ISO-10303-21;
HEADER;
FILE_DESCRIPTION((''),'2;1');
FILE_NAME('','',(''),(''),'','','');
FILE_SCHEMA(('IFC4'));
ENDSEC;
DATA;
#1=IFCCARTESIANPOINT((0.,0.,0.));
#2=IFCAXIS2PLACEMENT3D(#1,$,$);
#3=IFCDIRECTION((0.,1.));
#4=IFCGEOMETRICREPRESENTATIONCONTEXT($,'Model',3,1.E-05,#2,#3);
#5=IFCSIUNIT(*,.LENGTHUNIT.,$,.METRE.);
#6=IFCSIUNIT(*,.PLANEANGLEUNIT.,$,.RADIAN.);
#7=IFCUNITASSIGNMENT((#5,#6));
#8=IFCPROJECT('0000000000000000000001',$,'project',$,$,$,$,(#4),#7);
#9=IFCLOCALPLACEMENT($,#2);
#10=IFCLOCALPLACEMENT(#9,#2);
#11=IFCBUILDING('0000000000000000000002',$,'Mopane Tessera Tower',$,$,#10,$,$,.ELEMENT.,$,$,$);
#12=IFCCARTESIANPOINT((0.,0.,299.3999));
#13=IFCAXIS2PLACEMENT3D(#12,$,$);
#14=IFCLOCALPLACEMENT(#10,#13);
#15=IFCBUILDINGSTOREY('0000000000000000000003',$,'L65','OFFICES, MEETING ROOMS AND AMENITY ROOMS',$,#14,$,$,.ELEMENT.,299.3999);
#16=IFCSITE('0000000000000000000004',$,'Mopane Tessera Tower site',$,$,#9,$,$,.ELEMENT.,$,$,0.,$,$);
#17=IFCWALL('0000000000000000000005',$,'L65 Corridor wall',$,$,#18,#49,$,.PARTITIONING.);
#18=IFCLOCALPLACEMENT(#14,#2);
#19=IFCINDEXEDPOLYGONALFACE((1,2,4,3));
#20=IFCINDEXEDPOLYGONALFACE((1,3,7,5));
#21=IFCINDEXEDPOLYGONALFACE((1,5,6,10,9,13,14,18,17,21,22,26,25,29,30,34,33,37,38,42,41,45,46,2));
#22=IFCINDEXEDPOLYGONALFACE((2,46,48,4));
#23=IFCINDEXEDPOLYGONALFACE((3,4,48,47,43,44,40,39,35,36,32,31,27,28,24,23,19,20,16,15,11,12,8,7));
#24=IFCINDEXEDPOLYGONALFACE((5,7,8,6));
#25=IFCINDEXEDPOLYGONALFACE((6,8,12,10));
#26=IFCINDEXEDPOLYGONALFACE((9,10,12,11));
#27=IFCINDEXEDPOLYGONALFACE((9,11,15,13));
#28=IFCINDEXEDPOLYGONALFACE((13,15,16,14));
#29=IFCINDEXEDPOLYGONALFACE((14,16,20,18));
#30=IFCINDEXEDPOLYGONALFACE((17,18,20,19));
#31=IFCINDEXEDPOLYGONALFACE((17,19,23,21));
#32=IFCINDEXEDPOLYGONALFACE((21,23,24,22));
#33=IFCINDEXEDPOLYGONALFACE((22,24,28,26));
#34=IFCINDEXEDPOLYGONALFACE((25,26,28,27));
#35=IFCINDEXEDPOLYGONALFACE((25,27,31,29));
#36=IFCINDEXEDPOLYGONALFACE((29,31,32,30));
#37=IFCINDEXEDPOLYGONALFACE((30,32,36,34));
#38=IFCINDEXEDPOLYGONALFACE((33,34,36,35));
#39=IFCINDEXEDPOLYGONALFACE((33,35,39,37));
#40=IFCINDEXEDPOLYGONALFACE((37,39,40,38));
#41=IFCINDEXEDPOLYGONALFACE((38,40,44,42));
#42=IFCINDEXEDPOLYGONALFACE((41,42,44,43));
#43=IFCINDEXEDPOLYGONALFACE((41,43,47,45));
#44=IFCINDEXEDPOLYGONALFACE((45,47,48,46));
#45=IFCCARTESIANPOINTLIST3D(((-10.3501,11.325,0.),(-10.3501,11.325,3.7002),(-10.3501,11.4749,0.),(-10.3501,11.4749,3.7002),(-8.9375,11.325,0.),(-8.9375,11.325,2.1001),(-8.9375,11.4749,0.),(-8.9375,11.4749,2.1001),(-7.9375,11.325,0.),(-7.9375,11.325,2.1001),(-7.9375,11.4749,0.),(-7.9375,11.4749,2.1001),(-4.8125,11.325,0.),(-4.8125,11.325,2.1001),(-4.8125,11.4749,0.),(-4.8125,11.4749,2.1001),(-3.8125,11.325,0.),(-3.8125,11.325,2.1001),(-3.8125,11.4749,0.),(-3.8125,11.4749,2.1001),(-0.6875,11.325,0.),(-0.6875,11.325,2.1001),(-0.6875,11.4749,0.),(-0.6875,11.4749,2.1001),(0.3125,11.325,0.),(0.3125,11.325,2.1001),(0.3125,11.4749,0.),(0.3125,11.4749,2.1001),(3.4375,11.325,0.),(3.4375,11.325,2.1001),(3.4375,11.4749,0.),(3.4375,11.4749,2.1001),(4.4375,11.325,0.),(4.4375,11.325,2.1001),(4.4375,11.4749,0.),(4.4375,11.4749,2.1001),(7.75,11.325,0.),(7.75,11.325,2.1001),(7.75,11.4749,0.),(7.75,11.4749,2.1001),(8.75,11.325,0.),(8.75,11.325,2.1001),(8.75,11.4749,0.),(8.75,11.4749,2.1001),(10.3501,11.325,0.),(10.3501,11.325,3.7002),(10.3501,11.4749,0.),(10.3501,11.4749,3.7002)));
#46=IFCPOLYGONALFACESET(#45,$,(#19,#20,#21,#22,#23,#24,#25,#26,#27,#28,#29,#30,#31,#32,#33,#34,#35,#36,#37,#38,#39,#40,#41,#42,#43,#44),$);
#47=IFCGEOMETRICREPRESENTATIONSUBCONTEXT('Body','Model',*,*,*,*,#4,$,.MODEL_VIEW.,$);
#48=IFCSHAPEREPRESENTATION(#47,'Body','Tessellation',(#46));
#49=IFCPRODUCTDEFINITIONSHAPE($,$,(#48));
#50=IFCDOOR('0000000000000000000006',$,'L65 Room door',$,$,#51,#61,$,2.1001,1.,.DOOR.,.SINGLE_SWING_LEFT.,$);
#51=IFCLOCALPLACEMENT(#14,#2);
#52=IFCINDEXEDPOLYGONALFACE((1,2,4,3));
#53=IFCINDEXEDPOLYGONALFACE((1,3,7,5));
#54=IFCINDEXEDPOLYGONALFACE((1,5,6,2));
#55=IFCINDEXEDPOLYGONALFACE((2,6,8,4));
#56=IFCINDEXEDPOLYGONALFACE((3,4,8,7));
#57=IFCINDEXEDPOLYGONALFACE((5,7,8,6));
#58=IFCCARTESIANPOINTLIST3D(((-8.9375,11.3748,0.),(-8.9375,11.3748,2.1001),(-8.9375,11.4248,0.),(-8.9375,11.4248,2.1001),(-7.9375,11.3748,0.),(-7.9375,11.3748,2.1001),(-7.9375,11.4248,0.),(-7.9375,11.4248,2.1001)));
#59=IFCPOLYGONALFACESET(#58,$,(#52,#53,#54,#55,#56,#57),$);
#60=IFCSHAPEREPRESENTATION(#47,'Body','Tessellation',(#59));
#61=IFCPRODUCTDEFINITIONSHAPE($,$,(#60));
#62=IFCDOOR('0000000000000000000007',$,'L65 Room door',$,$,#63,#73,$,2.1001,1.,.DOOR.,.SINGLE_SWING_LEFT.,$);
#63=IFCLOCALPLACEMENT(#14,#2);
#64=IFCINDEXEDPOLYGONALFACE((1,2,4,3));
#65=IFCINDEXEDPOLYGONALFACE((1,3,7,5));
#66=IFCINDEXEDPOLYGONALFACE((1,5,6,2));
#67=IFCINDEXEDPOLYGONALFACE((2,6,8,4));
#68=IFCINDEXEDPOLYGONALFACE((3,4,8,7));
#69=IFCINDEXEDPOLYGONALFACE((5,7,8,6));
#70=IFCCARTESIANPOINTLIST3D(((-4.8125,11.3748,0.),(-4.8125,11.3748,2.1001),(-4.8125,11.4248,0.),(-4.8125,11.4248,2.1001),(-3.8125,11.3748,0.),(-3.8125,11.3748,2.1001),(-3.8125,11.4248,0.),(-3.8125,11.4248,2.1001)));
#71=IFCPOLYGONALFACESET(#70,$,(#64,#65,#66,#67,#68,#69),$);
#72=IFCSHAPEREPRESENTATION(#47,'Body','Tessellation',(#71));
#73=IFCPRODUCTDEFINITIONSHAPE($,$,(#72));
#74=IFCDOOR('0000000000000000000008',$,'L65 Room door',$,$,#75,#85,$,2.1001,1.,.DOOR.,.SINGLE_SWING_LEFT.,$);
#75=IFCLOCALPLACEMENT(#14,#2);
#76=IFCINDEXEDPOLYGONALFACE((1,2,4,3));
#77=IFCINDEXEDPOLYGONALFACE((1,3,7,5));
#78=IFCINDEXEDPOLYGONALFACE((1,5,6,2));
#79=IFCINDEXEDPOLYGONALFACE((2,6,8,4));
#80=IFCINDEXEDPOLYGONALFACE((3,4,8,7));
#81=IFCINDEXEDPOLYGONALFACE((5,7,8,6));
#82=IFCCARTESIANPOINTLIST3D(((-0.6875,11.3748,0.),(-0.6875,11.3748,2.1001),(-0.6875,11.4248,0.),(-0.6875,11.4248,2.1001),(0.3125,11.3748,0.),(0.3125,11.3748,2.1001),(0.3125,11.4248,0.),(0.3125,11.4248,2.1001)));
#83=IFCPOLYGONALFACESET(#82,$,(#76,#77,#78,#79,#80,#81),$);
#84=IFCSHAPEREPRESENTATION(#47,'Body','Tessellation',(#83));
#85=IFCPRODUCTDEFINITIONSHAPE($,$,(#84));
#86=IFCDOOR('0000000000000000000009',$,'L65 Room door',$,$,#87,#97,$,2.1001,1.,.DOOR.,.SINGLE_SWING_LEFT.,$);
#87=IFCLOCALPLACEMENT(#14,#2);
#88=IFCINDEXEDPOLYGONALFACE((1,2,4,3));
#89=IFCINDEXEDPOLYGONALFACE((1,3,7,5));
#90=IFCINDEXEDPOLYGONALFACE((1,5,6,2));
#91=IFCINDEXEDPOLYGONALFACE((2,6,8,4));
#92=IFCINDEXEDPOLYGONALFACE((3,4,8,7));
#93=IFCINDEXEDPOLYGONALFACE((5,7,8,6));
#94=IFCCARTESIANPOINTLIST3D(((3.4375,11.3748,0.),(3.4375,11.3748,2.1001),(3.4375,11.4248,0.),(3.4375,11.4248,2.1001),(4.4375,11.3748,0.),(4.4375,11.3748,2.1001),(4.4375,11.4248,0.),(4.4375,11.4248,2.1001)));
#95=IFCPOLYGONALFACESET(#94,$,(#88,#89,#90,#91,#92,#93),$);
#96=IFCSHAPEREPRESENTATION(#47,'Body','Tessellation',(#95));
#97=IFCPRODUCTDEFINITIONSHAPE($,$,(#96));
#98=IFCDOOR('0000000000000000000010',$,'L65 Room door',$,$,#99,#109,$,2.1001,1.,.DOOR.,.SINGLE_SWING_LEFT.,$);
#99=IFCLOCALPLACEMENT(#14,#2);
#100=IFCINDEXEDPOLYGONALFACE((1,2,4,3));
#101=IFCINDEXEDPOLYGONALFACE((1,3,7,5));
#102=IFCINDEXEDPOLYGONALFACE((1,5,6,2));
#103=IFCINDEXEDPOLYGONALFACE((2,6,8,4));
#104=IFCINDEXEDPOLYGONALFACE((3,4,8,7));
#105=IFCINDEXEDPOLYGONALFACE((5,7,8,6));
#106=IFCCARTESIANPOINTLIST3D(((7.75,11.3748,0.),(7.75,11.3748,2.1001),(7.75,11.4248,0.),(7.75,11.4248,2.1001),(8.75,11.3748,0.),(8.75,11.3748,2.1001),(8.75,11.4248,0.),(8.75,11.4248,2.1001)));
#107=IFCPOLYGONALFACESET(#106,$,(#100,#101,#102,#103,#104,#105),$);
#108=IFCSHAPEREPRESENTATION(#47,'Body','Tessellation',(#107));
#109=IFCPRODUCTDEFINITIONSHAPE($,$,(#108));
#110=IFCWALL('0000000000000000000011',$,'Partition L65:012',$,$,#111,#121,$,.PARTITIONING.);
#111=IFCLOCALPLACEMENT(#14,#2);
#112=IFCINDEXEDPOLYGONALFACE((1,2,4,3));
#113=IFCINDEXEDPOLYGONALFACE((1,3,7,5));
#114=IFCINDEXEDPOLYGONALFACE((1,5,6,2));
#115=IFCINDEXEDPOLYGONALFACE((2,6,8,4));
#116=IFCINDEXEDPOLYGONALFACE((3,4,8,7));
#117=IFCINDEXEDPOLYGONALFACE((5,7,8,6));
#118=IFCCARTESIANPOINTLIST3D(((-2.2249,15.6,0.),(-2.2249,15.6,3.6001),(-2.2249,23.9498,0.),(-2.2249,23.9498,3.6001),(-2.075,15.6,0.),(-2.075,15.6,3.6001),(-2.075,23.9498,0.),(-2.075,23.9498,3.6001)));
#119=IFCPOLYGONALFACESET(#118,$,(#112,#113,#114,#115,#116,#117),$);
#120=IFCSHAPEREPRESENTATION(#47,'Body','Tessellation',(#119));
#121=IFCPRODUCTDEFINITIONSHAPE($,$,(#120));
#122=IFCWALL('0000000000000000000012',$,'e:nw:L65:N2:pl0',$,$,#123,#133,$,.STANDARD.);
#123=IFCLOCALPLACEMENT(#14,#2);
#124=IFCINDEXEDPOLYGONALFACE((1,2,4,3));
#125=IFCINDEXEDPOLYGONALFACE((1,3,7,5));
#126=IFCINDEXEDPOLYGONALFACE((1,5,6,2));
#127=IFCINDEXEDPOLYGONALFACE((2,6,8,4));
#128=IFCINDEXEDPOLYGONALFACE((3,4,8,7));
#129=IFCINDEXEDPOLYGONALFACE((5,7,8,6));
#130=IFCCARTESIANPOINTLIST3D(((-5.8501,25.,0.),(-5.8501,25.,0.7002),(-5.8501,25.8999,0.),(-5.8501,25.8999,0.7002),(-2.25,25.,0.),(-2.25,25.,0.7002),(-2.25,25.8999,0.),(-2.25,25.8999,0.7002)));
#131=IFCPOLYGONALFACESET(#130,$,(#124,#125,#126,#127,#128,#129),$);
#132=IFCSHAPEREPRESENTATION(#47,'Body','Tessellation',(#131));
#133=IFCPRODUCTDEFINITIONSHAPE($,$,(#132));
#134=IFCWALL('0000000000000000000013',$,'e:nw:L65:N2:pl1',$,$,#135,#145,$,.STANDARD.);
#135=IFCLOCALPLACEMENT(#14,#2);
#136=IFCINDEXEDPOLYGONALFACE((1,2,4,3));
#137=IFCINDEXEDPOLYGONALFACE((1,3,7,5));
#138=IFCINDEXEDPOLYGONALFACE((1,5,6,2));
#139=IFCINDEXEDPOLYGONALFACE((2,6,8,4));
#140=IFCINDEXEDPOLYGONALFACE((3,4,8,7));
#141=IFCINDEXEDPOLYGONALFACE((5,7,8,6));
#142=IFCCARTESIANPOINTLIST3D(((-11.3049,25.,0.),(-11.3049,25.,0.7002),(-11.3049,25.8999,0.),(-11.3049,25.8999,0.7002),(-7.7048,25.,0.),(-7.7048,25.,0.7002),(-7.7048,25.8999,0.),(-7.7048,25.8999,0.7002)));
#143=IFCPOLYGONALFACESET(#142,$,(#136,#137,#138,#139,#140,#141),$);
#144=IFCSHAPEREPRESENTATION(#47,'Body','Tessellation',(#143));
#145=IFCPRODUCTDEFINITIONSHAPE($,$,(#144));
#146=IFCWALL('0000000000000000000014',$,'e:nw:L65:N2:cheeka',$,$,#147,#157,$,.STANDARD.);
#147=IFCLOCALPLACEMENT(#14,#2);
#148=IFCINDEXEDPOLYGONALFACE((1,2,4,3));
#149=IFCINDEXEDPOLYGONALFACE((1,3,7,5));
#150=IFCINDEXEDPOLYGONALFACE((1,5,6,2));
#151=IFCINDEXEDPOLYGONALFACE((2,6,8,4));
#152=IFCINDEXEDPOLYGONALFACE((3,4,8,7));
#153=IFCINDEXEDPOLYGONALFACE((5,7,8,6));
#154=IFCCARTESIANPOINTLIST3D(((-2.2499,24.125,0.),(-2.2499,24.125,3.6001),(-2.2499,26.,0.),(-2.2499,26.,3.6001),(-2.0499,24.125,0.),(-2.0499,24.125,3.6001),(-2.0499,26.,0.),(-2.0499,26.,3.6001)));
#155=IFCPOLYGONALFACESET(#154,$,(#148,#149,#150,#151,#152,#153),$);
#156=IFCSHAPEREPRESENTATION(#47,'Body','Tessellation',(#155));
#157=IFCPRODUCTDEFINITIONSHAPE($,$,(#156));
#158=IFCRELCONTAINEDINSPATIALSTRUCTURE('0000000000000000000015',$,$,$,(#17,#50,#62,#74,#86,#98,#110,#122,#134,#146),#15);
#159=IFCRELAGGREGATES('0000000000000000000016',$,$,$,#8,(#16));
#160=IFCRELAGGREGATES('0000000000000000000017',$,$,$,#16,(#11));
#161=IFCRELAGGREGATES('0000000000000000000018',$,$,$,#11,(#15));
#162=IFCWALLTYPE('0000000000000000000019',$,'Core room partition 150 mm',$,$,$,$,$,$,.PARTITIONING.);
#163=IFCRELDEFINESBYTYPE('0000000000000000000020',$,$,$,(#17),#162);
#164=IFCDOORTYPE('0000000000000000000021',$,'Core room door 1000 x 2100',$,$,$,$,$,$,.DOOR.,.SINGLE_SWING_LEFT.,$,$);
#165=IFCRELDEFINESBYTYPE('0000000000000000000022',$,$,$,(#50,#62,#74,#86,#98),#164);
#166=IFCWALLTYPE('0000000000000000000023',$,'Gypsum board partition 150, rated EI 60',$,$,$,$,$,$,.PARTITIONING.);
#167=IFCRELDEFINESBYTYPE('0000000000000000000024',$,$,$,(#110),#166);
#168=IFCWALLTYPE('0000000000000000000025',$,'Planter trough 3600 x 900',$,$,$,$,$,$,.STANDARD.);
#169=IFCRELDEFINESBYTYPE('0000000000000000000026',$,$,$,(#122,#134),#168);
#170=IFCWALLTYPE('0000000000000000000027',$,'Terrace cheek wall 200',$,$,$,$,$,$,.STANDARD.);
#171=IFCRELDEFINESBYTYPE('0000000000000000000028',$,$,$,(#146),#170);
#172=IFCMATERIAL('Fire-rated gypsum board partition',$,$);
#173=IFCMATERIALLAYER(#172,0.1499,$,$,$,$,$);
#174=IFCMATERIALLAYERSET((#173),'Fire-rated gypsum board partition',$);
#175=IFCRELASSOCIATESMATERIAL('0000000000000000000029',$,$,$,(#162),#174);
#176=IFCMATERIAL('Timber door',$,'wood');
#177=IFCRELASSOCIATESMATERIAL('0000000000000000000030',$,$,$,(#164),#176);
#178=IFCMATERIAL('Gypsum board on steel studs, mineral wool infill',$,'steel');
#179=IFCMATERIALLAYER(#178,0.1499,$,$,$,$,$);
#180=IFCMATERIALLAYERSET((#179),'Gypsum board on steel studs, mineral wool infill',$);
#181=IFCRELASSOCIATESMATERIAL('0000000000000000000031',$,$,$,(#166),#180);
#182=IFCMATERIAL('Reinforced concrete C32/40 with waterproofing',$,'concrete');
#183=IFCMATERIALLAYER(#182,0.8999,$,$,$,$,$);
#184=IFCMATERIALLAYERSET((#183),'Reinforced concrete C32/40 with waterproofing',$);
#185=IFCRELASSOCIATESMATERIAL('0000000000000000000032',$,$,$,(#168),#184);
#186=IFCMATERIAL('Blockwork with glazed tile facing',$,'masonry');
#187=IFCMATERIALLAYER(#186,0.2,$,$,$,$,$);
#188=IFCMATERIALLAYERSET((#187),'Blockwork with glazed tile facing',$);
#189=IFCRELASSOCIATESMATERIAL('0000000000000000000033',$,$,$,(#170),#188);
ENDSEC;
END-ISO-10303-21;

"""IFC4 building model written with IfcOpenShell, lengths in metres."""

from ifc_helpers import new_model, si_unit, direction, frame, frame_2d, origin, place, context, subcontext, project, spatial, rectangle, extrude, material, layer, layer_set, type_object, element, fill, save


model = new_model("IFC4")

# Units and contexts
model_context = context("Model", 3, precision=1e-05, world=origin(), true_north=direction((0.0, 1.0)))
body_context = subcontext(model_context, "Body", "Model", "MODEL_VIEW")
ifc_project = project(units=[si_unit("LENGTHUNIT", "METRE"), si_unit("PLANEANGLEUNIT", "RADIAN")], contexts=[model_context])

# Site, building, storey
site_placement = place(None, origin())
site = spatial("IfcSite", under=ifc_project, at=site_placement, Name="Mopane Tessera Tower site", CompositionType="ELEMENT", RefElevation=0.0)
building_placement = place(site_placement, origin())
building = spatial("IfcBuilding", under=site, at=building_placement, Name="Mopane Tessera Tower", CompositionType="ELEMENT")
storey_placement = place(building_placement, frame((0.0, 0.0, 299.3999)))
storey = spatial("IfcBuildingStorey", under=building, at=storey_placement, Name="L65", Description="OFFICES, MEETING ROOMS AND AMENITY ROOMS", CompositionType="ELEMENT", Elevation=299.3999)

# Shared definitions
ifc_material_1 = material(Name="Fire-rated gypsum board partition")
ifc_layer_1 = layer(ifc_material_1, 0.1499)
ifc_layer_set_1 = layer_set([ifc_layer_1], Name="Fire-rated gypsum board partition")
wall_type_1 = type_object("IfcWallType", Name="Core room partition 150 mm", PredefinedType="PARTITIONING", material=ifc_layer_set_1)

# Wall, openings, doors
wall_1_placement = place(storey_placement, frame((-10.3501, 11.3999, 0.0), z_axis=(0.0, 0.0, 1.0), x_axis=(1.0, 0.0, 0.0)))
wall_1 = element("IfcWall", 1, at=wall_1_placement, inside=storey, type_object=wall_type_1, Name="L65 Corridor wall", PredefinedType="PARTITIONING", context=body_context, shape_type="SweptSolid", body=[
    extrude(rectangle(XDim=20.7002, YDim=0.1499, at=frame_2d((10.3501, 0.0))), origin(), (0.0, 0.0, 1.0), 3.7002),
])
opening_1_placement = place(wall_1_placement, frame((1.4126, 0.0, 0.0)))
opening_1 = element("IfcOpeningElement", 2, at=opening_1_placement, cuts=wall_1, PredefinedType="OPENING", context=body_context, shape_type="SweptSolid", body=[
    extrude(rectangle(XDim=1.0, YDim=2.1001, at=frame_2d((0.5, 1.05))), frame((0.0, 0.0869, 0.0), z_axis=(0.0, -1.0, 0.0), x_axis=(1.0, 0.0, 0.0)), (0.0, 0.0, 1.0), 0.1738),
])
opening_2_placement = place(wall_1_placement, frame((5.5376, 0.0, 0.0)))
opening_2 = element("IfcOpeningElement", 3, at=opening_2_placement, cuts=wall_1, PredefinedType="OPENING", context=body_context, shape_type="SweptSolid", body=[
    extrude(rectangle(XDim=1.0, YDim=2.1001, at=frame_2d((0.5, 1.05))), frame((0.0, 0.0869, 0.0), z_axis=(0.0, -1.0, 0.0), x_axis=(1.0, 0.0, 0.0)), (0.0, 0.0, 1.0), 0.1738),
])
opening_3_placement = place(wall_1_placement, frame((9.6626, 0.0, 0.0)))
opening_3 = element("IfcOpeningElement", 4, at=opening_3_placement, cuts=wall_1, PredefinedType="OPENING", context=body_context, shape_type="SweptSolid", body=[
    extrude(rectangle(XDim=1.0, YDim=2.1001, at=frame_2d((0.5, 1.05))), frame((0.0, 0.0869, 0.0), z_axis=(0.0, -1.0, 0.0), x_axis=(1.0, 0.0, 0.0)), (0.0, 0.0, 1.0), 0.1738),
])
opening_4_placement = place(wall_1_placement, frame((13.7876, 0.0, 0.0)))
opening_4 = element("IfcOpeningElement", 5, at=opening_4_placement, cuts=wall_1, PredefinedType="OPENING", context=body_context, shape_type="SweptSolid", body=[
    extrude(rectangle(XDim=1.0, YDim=2.1001, at=frame_2d((0.5, 1.05))), frame((0.0, 0.0869, 0.0), z_axis=(0.0, -1.0, 0.0), x_axis=(1.0, 0.0, 0.0)), (0.0, 0.0, 1.0), 0.1738),
])
opening_5_placement = place(wall_1_placement, frame((18.1001, 0.0, 0.0)))
opening_5 = element("IfcOpeningElement", 6, at=opening_5_placement, cuts=wall_1, PredefinedType="OPENING", context=body_context, shape_type="SweptSolid", body=[
    extrude(rectangle(XDim=1.0, YDim=2.1001, at=frame_2d((0.5, 1.05))), frame((0.0, 0.0869, 0.0), z_axis=(0.0, -1.0, 0.0), x_axis=(1.0, 0.0, 0.0)), (0.0, 0.0, 1.0), 0.1738),
])
ifc_material_2 = material(Name="Timber door", Category="wood")
door_type_1 = type_object("IfcDoorType", Name="Core room door 1000 x 2100", OperationType="SINGLE_SWING_LEFT", PredefinedType="DOOR", material=ifc_material_2)
door_1_placement = place(opening_1_placement, origin())
door_1 = element("IfcDoor", 7, at=door_1_placement, inside=storey, type_object=door_type_1, Name="L65 Room door", OperationType="SINGLE_SWING_LEFT", OverallHeight=2.1001, OverallWidth=1.0, PredefinedType="DOOR", context=body_context, shape_type="SweptSolid", body=[
    extrude(rectangle(XDim=1.0, YDim=2.1001, at=frame_2d((0.5, 1.05))), frame((0.0, 0.0249, 0.0), z_axis=(0.0, -1.0, 0.0), x_axis=(1.0, 0.0, 0.0)), (0.0, 0.0, 1.0), 0.05),
])
fill(opening_1, door_1)
door_2_placement = place(opening_2_placement, origin())
door_2 = element("IfcDoor", 8, at=door_2_placement, inside=storey, type_object=door_type_1, Name="L65 Room door", OperationType="SINGLE_SWING_LEFT", OverallHeight=2.1001, OverallWidth=1.0, PredefinedType="DOOR", context=body_context, shape_type="SweptSolid", body=[
    extrude(rectangle(XDim=1.0, YDim=2.1001, at=frame_2d((0.5, 1.05))), frame((0.0, 0.0249, 0.0), z_axis=(0.0, -1.0, 0.0), x_axis=(1.0, 0.0, 0.0)), (0.0, 0.0, 1.0), 0.05),
])
fill(opening_2, door_2)
door_3_placement = place(opening_3_placement, origin())
door_3 = element("IfcDoor", 9, at=door_3_placement, inside=storey, type_object=door_type_1, Name="L65 Room door", OperationType="SINGLE_SWING_LEFT", OverallHeight=2.1001, OverallWidth=1.0, PredefinedType="DOOR", context=body_context, shape_type="SweptSolid", body=[
    extrude(rectangle(XDim=1.0, YDim=2.1001, at=frame_2d((0.5, 1.05))), frame((0.0, 0.0249, 0.0), z_axis=(0.0, -1.0, 0.0), x_axis=(1.0, 0.0, 0.0)), (0.0, 0.0, 1.0), 0.05),
])
fill(opening_3, door_3)
door_4_placement = place(opening_4_placement, origin())
door_4 = element("IfcDoor", 10, at=door_4_placement, inside=storey, type_object=door_type_1, Name="L65 Room door", OperationType="SINGLE_SWING_LEFT", OverallHeight=2.1001, OverallWidth=1.0, PredefinedType="DOOR", context=body_context, shape_type="SweptSolid", body=[
    extrude(rectangle(XDim=1.0, YDim=2.1001, at=frame_2d((0.5, 1.05))), frame((0.0, 0.0249, 0.0), z_axis=(0.0, -1.0, 0.0), x_axis=(1.0, 0.0, 0.0)), (0.0, 0.0, 1.0), 0.05),
])
fill(opening_4, door_4)
door_5_placement = place(opening_5_placement, origin())
door_5 = element("IfcDoor", 11, at=door_5_placement, inside=storey, type_object=door_type_1, Name="L65 Room door", OperationType="SINGLE_SWING_LEFT", OverallHeight=2.1001, OverallWidth=1.0, PredefinedType="DOOR", context=body_context, shape_type="SweptSolid", body=[
    extrude(rectangle(XDim=1.0, YDim=2.1001, at=frame_2d((0.5, 1.05))), frame((0.0, 0.0249, 0.0), z_axis=(0.0, -1.0, 0.0), x_axis=(1.0, 0.0, 0.0)), (0.0, 0.0, 1.0), 0.05),
])
fill(opening_5, door_5)

# Walls
ifc_material_3 = material(Name="Gypsum board on steel studs, mineral wool infill", Category="steel")
ifc_layer_2 = layer(ifc_material_3, 0.1499)
ifc_layer_set_2 = layer_set([ifc_layer_2], Name="Gypsum board on steel studs, mineral wool infill")
wall_type_2 = type_object("IfcWallType", Name="Gypsum board partition 150, rated EI 60", PredefinedType="PARTITIONING", material=ifc_layer_set_2)
wall_2_placement = place(storey_placement, frame((-2.1499, 15.6001, 0.0), z_axis=(0.0, 0.0, 1.0), x_axis=(0.0, 1.0, 0.0)))
element("IfcWall", 12, at=wall_2_placement, inside=storey, type_object=wall_type_2, Name="Partition L65:012", PredefinedType="PARTITIONING", context=body_context, shape_type="SweptSolid", body=[
    extrude(rectangle(XDim=8.3499, YDim=0.1499, at=frame_2d((4.1748, 0.0))), origin(), (0.0, 0.0, 1.0), 3.6001),
])
ifc_material_4 = material(Name="Reinforced concrete C32/40 with waterproofing", Category="concrete")
ifc_layer_3 = layer(ifc_material_4, 0.8999)
ifc_layer_set_3 = layer_set([ifc_layer_3], Name="Reinforced concrete C32/40 with waterproofing")
wall_type_3 = type_object("IfcWallType", Name="Planter trough 3600 x 900", PredefinedType="STANDARD", material=ifc_layer_set_3)
for number, where, z_axis, x_axis, name in (
    (13, (-2.25, 25.45, 0.0), (0.0, 0.0, 1.0), (-1.0, 0.0, 0.0), "e:nw:L65:N2:pl0"),
    (14, (-7.7048, 25.45, 0.0), (0.0, 0.0, 1.0), (-1.0, 0.0, 0.0), "e:nw:L65:N2:pl1"),
):
    element("IfcWall", number, at=place(storey_placement, frame(where, z_axis=z_axis, x_axis=x_axis)), inside=storey, type_object=wall_type_3, Name=name, PredefinedType="STANDARD", context=body_context, shape_type="SweptSolid", body=[
        extrude(rectangle(XDim=3.6001, YDim=0.8999, at=frame_2d((1.8, 0.0))), origin(), (0.0, 0.0, 1.0), 0.7002),
    ])
ifc_material_5 = material(Name="Blockwork with glazed tile facing", Category="masonry")
ifc_layer_4 = layer(ifc_material_5, 0.2)
ifc_layer_set_4 = layer_set([ifc_layer_4], Name="Blockwork with glazed tile facing")
wall_type_4 = type_object("IfcWallType", Name="Terrace cheek wall 200", PredefinedType="STANDARD", material=ifc_layer_set_4)
wall_3_placement = place(storey_placement, frame((-2.1499, 26.0, 0.0), z_axis=(0.0, 0.0, 1.0), x_axis=(0.0, -1.0, 0.0)))
element("IfcWall", 15, at=wall_3_placement, inside=storey, type_object=wall_type_4, Name="e:nw:L65:N2:cheeka", PredefinedType="STANDARD", context=body_context, shape_type="SweptSolid", body=[
    extrude(rectangle(XDim=1.875, YDim=0.2, at=frame_2d((0.9375, 0.0))), origin(), (0.0, 0.0, 1.0), 3.6001),
])

save(model, "model.ifc")
